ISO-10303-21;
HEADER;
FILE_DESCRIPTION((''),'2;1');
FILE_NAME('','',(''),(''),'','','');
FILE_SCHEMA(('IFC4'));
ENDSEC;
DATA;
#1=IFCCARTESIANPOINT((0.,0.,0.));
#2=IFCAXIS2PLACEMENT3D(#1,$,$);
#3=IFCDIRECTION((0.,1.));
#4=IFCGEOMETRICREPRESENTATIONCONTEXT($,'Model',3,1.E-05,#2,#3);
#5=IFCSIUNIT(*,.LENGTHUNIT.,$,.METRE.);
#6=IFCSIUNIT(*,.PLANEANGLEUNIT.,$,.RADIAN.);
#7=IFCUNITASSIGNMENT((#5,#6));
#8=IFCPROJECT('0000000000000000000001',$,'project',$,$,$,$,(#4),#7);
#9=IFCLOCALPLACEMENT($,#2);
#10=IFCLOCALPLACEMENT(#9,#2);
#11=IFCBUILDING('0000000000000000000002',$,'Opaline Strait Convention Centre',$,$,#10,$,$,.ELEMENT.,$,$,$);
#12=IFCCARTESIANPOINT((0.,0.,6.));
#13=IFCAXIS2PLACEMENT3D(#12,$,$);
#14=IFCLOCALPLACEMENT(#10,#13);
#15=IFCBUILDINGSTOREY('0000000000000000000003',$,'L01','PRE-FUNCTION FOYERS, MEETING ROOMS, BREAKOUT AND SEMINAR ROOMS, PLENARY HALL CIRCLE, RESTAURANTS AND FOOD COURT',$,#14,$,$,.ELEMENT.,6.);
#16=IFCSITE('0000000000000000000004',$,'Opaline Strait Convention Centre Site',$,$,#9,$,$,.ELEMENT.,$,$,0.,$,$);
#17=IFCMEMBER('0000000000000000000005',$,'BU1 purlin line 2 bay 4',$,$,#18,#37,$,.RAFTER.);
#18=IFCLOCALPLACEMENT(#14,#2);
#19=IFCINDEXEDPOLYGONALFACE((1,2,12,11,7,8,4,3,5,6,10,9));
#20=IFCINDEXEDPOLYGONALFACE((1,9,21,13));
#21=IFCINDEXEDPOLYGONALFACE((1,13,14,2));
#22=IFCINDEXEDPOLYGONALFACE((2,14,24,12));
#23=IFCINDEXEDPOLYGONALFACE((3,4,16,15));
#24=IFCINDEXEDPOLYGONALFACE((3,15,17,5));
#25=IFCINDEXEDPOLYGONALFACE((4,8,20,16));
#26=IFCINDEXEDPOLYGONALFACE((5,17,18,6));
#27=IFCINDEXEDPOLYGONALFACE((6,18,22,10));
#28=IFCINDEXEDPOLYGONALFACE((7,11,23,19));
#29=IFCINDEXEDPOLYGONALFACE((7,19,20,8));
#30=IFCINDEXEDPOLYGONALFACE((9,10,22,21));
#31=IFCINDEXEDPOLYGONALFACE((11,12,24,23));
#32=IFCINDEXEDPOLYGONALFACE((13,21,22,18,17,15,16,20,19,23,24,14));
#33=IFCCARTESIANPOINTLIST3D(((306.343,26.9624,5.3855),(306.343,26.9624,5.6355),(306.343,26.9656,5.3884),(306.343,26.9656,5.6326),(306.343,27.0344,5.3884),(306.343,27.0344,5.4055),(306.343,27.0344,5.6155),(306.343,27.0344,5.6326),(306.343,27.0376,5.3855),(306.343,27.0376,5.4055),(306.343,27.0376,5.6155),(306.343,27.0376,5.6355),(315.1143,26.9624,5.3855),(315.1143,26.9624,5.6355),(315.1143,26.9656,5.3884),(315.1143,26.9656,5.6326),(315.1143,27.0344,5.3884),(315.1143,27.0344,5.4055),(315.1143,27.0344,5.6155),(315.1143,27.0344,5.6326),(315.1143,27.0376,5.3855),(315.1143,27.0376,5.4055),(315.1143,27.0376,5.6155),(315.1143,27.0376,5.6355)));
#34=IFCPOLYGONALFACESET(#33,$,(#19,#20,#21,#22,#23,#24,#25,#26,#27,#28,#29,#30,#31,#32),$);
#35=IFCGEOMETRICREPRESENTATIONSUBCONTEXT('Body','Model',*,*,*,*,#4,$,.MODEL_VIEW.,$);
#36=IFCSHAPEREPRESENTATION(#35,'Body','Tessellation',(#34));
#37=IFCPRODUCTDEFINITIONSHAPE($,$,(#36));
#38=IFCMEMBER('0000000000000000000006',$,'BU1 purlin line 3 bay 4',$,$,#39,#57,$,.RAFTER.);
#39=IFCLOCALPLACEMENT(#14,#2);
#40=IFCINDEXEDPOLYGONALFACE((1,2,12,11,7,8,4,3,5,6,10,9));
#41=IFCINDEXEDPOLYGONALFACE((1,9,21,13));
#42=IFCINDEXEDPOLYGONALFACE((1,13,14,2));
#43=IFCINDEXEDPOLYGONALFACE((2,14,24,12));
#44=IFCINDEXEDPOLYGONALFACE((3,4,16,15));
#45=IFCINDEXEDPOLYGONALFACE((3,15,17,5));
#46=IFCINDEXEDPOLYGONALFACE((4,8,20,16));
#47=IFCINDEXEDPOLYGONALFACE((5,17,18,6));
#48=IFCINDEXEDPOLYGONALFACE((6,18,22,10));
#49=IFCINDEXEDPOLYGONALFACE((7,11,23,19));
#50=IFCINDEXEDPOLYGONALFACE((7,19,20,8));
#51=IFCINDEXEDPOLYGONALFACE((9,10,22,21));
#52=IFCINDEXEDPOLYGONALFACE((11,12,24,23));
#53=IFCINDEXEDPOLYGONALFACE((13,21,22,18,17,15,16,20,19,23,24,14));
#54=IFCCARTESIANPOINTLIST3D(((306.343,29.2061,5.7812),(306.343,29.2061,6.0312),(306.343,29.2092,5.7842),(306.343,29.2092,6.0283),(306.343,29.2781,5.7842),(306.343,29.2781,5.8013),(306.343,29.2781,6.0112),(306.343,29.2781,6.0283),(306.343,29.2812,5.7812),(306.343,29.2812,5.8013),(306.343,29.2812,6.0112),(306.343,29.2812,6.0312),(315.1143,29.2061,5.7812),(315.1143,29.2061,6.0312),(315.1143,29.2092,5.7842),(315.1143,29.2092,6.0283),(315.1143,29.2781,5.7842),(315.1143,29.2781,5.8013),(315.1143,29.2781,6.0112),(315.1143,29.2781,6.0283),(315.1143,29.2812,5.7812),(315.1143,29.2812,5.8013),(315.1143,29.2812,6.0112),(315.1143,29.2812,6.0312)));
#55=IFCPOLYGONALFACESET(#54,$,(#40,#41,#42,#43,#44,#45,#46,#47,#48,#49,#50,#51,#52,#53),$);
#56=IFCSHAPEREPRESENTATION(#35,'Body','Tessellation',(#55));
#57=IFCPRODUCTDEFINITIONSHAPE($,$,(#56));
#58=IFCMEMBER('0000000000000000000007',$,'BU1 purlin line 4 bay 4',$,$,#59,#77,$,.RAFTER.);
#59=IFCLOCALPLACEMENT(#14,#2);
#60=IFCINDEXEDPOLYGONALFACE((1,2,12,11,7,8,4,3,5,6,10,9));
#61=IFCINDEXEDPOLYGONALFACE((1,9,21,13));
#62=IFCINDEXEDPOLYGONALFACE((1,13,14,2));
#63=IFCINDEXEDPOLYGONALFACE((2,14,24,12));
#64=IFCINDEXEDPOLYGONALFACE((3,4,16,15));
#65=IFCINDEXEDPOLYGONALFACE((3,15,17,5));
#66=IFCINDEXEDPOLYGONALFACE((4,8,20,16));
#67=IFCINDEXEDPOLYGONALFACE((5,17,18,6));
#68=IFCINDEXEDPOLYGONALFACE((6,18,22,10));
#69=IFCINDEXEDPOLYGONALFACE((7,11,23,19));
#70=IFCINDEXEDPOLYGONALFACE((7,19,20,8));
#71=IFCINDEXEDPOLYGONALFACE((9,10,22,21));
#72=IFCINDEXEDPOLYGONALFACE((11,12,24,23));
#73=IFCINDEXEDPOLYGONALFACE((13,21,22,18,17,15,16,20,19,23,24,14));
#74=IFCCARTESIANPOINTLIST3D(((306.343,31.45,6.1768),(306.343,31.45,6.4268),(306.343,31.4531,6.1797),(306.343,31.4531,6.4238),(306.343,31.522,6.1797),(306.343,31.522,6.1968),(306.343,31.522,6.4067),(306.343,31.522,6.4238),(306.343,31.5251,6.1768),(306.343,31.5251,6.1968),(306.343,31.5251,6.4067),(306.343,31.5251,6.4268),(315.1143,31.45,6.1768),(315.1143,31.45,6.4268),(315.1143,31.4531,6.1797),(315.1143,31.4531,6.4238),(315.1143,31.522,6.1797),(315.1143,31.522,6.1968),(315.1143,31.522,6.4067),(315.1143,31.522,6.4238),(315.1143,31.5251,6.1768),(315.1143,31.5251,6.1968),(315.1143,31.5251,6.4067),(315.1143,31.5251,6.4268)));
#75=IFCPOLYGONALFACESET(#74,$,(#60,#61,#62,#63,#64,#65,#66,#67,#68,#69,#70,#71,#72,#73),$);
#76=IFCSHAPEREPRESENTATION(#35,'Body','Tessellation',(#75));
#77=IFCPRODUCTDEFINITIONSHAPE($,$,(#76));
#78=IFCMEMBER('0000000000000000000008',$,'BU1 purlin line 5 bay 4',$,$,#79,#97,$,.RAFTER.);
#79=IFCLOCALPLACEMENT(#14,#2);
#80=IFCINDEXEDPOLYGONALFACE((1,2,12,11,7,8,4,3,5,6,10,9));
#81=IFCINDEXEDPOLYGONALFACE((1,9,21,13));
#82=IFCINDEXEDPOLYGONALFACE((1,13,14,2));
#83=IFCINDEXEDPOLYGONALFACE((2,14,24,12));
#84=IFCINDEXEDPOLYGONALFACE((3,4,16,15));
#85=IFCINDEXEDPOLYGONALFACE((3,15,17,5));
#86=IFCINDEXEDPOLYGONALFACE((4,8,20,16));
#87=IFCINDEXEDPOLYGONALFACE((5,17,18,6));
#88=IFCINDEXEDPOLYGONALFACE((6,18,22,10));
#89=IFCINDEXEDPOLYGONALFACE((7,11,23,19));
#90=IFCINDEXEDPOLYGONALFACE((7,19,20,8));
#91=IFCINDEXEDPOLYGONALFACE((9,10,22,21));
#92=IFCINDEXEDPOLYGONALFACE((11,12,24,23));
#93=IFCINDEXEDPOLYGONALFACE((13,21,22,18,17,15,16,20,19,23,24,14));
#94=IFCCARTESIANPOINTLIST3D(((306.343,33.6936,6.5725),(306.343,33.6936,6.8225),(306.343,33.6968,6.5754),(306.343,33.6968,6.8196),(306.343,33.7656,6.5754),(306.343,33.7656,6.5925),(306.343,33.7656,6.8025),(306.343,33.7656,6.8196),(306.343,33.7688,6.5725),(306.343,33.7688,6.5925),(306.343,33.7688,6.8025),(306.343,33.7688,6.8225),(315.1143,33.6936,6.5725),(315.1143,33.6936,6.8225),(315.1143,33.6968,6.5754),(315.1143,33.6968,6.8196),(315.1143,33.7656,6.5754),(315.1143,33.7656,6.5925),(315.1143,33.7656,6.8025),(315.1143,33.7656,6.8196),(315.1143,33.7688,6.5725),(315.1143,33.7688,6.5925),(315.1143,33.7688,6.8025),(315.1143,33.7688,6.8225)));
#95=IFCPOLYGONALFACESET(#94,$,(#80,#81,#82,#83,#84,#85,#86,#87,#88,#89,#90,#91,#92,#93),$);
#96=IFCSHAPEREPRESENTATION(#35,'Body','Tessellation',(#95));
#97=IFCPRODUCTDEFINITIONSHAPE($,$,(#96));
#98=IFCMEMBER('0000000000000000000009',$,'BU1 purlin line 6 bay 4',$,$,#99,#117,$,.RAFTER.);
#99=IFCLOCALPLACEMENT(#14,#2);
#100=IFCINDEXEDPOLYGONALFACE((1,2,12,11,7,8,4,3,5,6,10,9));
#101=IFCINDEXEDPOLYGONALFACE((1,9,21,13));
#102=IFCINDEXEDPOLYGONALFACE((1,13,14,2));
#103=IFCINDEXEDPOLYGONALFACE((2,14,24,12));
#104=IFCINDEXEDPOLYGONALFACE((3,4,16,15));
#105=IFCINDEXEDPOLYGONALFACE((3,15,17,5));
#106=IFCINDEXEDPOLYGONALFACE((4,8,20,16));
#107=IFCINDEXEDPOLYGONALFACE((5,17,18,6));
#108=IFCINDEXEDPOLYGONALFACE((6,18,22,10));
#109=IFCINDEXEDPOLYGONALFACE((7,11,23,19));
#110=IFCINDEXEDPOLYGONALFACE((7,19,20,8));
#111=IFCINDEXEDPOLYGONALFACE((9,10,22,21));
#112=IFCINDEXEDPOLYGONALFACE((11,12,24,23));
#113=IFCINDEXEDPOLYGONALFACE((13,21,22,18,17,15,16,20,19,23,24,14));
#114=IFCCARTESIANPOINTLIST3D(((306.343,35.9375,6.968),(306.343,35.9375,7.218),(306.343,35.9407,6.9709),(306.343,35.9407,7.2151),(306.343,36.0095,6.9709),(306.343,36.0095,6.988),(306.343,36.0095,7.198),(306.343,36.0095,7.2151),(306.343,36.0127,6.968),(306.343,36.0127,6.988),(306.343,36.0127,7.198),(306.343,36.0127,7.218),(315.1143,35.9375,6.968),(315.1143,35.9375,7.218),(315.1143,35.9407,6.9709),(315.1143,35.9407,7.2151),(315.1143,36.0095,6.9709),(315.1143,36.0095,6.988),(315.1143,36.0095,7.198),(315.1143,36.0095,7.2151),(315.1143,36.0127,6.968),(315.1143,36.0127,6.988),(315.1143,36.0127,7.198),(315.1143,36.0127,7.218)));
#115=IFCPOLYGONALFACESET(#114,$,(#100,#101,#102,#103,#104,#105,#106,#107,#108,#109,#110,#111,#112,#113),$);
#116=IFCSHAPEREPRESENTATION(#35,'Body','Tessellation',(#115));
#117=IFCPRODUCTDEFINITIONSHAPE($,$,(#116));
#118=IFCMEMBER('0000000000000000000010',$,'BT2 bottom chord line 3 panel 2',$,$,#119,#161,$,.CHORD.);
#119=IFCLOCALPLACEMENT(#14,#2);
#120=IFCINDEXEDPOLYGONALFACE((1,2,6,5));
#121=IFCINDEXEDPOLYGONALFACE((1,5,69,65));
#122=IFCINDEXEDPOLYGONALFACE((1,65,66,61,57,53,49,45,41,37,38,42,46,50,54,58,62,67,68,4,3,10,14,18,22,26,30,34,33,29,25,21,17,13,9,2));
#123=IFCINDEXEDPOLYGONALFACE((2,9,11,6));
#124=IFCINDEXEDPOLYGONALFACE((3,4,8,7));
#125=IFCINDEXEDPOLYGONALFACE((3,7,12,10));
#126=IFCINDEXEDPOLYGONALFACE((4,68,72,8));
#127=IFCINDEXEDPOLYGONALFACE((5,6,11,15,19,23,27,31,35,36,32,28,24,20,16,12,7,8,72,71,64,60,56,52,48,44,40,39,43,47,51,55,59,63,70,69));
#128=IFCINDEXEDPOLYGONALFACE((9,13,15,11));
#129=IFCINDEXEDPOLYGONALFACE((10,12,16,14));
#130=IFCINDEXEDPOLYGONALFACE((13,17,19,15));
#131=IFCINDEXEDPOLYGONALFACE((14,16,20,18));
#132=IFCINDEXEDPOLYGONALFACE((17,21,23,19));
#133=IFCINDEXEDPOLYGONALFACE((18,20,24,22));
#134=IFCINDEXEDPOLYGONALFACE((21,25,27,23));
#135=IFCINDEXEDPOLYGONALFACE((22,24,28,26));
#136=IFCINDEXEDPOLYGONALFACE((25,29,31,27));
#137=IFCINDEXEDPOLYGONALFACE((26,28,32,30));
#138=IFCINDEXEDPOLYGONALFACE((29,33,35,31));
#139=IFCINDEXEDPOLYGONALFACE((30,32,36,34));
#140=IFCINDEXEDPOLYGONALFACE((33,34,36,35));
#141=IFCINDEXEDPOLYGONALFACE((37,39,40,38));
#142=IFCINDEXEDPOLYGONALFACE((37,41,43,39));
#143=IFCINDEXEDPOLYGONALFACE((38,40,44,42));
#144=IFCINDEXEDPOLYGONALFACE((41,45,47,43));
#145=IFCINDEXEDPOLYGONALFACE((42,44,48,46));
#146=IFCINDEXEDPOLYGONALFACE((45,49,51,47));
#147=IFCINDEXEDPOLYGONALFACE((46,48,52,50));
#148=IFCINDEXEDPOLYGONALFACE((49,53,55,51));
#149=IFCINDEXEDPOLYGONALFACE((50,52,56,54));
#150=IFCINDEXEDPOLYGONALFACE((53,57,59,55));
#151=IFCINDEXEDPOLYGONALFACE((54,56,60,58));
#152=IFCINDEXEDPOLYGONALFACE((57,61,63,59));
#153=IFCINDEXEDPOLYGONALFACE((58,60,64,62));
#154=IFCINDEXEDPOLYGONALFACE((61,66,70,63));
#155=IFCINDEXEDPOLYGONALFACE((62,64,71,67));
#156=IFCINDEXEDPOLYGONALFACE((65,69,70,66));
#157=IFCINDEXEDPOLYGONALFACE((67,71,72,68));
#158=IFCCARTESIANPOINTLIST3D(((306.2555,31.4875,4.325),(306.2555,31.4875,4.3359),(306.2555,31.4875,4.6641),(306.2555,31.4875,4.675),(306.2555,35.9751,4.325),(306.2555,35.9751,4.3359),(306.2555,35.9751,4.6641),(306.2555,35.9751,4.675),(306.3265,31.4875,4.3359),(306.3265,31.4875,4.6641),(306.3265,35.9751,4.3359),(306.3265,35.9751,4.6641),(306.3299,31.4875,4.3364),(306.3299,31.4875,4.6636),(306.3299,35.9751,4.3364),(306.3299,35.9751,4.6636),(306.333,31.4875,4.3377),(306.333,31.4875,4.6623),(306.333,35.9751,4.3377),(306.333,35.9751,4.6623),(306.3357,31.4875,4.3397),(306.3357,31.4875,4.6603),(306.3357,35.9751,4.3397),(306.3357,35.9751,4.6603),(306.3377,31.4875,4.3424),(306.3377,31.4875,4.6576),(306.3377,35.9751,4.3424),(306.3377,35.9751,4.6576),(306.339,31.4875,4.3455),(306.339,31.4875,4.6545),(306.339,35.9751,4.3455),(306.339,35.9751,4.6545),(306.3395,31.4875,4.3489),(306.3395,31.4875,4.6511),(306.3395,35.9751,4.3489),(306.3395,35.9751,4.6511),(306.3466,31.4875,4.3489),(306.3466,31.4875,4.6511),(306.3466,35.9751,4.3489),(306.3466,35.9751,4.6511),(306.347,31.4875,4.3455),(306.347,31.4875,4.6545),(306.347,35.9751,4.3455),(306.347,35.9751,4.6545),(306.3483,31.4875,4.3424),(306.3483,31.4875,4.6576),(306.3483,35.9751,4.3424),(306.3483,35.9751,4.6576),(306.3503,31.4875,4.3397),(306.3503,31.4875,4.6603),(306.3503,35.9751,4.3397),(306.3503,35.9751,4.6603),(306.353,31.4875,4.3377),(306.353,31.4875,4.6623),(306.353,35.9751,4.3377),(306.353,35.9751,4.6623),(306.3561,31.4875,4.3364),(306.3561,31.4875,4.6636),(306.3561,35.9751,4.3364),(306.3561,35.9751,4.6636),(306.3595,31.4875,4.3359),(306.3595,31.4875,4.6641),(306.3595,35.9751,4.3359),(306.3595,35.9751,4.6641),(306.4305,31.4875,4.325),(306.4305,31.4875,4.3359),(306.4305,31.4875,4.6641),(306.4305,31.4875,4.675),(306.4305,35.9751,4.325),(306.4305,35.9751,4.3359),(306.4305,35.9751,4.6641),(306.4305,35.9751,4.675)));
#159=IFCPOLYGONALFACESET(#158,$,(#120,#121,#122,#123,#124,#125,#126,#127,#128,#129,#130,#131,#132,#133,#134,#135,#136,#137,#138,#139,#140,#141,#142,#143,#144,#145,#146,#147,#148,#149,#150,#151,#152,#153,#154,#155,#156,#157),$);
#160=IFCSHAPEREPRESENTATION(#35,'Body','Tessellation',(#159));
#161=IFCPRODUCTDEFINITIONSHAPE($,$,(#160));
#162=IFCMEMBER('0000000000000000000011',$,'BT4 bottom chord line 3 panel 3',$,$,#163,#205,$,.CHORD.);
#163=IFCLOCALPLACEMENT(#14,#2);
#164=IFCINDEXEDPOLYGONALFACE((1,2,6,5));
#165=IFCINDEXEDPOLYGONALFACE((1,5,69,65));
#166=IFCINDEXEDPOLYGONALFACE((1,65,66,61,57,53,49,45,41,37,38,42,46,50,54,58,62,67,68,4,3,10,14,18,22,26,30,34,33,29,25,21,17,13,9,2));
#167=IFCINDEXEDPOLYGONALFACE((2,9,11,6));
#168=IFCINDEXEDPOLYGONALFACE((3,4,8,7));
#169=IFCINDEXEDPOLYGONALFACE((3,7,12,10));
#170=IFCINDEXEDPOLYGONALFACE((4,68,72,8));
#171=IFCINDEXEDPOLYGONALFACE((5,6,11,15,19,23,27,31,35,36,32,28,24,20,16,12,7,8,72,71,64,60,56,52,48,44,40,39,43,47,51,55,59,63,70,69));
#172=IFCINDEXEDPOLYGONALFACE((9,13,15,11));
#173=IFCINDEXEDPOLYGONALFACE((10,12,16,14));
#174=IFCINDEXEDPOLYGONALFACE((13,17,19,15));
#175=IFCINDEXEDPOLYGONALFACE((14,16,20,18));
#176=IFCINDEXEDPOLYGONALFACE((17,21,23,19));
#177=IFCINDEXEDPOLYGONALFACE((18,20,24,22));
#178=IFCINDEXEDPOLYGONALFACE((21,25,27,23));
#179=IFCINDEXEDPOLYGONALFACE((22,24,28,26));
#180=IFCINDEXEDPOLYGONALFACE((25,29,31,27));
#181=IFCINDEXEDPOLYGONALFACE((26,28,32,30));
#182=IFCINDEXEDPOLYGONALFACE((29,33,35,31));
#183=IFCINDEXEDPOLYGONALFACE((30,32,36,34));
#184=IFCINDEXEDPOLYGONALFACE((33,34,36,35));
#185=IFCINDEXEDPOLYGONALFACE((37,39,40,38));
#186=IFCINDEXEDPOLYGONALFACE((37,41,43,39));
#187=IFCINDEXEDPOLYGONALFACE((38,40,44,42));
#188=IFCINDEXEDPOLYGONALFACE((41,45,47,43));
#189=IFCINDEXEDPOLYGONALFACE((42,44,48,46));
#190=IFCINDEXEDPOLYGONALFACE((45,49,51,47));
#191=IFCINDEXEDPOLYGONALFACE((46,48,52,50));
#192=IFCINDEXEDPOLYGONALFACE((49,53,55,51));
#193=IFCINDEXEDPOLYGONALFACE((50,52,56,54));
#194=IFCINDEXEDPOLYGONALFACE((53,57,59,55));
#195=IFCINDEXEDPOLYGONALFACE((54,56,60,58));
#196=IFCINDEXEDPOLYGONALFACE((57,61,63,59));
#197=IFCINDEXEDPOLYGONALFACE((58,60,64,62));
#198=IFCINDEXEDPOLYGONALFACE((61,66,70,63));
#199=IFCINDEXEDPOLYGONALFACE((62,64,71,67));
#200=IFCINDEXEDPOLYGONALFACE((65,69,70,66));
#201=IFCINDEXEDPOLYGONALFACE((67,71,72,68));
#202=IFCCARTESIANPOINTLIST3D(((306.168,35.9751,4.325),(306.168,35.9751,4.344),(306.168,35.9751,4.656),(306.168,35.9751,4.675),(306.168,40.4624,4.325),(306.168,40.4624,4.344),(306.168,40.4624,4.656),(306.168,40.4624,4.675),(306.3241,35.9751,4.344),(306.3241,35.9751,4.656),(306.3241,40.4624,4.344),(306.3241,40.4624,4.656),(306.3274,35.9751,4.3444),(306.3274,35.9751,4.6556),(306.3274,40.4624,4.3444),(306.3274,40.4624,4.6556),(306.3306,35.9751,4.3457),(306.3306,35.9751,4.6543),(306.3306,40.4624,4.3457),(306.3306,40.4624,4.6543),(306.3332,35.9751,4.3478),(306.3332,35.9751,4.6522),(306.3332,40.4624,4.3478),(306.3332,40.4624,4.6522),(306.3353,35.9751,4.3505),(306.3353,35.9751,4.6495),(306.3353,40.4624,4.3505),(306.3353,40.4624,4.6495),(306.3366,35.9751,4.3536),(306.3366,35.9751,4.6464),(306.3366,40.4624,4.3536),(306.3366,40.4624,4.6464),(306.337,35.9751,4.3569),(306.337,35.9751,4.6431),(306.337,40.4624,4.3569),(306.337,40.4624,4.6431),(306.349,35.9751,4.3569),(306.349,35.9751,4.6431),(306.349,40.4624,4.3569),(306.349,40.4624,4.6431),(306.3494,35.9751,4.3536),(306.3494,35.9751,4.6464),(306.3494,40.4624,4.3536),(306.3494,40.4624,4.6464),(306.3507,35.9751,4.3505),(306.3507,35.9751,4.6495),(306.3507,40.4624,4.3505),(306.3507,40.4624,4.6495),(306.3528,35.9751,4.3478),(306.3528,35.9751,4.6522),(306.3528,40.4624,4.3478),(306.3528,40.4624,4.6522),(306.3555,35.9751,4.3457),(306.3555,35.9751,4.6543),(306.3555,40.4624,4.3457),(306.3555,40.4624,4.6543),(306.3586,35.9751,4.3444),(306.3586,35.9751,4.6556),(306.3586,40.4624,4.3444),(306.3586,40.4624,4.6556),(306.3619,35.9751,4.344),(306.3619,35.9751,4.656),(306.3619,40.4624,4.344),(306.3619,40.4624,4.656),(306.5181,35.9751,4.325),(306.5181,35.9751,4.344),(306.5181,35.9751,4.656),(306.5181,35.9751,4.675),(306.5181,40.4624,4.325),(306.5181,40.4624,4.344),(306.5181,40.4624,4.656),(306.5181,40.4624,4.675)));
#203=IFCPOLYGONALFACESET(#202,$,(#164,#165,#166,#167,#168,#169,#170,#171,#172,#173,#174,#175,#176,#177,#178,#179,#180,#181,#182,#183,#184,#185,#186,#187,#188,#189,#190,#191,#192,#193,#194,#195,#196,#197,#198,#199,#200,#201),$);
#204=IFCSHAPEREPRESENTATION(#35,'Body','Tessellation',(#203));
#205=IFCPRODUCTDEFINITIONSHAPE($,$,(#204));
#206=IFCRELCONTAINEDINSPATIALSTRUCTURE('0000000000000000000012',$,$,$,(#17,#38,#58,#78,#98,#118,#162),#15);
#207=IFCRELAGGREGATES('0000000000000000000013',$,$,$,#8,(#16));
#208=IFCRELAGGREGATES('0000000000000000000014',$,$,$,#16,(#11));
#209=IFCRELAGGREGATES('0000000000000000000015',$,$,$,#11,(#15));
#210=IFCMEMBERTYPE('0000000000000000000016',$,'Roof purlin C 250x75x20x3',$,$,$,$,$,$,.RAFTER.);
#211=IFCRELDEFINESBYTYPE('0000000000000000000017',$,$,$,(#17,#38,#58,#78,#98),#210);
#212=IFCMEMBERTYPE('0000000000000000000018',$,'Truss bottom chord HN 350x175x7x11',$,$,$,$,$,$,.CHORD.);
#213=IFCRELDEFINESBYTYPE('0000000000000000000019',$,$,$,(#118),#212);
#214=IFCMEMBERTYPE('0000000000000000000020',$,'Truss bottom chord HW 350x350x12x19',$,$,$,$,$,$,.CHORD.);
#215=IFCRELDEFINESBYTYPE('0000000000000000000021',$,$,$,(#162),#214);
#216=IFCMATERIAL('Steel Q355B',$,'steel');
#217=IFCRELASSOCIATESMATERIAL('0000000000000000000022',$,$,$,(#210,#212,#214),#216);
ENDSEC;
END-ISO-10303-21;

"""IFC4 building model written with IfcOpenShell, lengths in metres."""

from ifc_helpers import new_model, si_unit, direction, frame, origin, origin_2d, place, context, subcontext, project, spatial, polyline, i_section, outline, extrude, material, material_profile, profile_set, type_object, element, save


model = new_model("IFC4")

# Units and contexts
model_context = context("Model", 3, precision=1e-05, world=origin(), true_north=direction((0.0, 1.0)))
body_context = subcontext(model_context, "Body", "Model", "MODEL_VIEW")
ifc_project = project(units=[si_unit("LENGTHUNIT", "METRE"), si_unit("PLANEANGLEUNIT", "RADIAN")], contexts=[model_context])

# Site, building, storey
site_placement = place(None, origin())
site = spatial("IfcSite", under=ifc_project, at=site_placement, Name="Opaline Strait Convention Centre Site", CompositionType="ELEMENT", RefElevation=0.0)
building_placement = place(site_placement, origin())
building = spatial("IfcBuilding", under=site, at=building_placement, Name="Opaline Strait Convention Centre", CompositionType="ELEMENT")
storey_placement = place(building_placement, frame((0.0, 0.0, 6.0)))
storey = spatial("IfcBuildingStorey", under=building, at=storey_placement, Name="L01", Description="PRE-FUNCTION FOYERS, MEETING ROOMS, BREAKOUT AND SEMINAR ROOMS, PLENARY HALL CIRCLE, RESTAURANTS AND FOOD COURT", CompositionType="ELEMENT", Elevation=6.0)

# Members
ifc_material_1 = material(Name="Steel Q355B", Category="steel")
ifc_material_profile_1 = material_profile(ifc_material_1, outline(polyline([(-0.0376, -0.125), (0.0376, -0.125), (0.0376, -0.105), (0.0344, -0.105), (0.0344, -0.1221), (-0.0344, -0.1221), (-0.0344, 0.1221), (0.0344, 0.1221), (0.0344, 0.105), (0.0376, 0.105), (0.0376, 0.125), (-0.0376, 0.125), (-0.0376, -0.125)])), Name="C 250x75x20x3")
ifc_profile_set_1 = profile_set([ifc_material_profile_1], Name="Steel Q355B")
member_type_1 = type_object("IfcMemberType", Name="Roof purlin C 250x75x20x3", PredefinedType="RAFTER", material=ifc_profile_set_1)
for number, where, z_axis, x_axis, name in (
    (1, (306.343, 27.0, 5.5105), (1.0, 0.0, 0.0), (0.0, 1.0, 0.0), "BU1 purlin line 2 bay 4"),
    (2, (306.343, 29.2437, 5.9062), (1.0, 0.0, 0.0), (0.0, 1.0, 0.0), "BU1 purlin line 3 bay 4"),
    (3, (306.343, 31.4875, 6.3018), (1.0, 0.0, 0.0), (0.0, 1.0, 0.0), "BU1 purlin line 4 bay 4"),
    (4, (306.343, 33.7312, 6.6975), (1.0, 0.0, 0.0), (0.0, 1.0, 0.0), "BU1 purlin line 5 bay 4"),
    (5, (306.343, 35.9751, 7.093), (1.0, 0.0, 0.0), (0.0, 1.0, 0.0), "BU1 purlin line 6 bay 4"),
):
    element("IfcMember", number, at=place(storey_placement, frame(where, z_axis=z_axis, x_axis=x_axis)), inside=storey, type_object=member_type_1, Name=name, PredefinedType="RAFTER", context=body_context, shape_type="SweptSolid", body=[
        extrude(outline(polyline([(-0.0376, -0.125), (0.0376, -0.125), (0.0376, -0.105), (0.0344, -0.105), (0.0344, -0.1221), (-0.0344, -0.1221), (-0.0344, 0.1221), (0.0344, 0.1221), (0.0344, 0.105), (0.0376, 0.105), (0.0376, 0.125), (-0.0376, 0.125), (-0.0376, -0.125)])), origin(), (0.0, 0.0, 1.0), 8.7712),
    ])
ifc_material_profile_2 = material_profile(ifc_material_1, i_section(OverallWidth=0.175, OverallDepth=0.3501, WebThickness=0.0071, FlangeThickness=0.011, FilletRadius=0.0129, at=origin_2d()), Name="HN 350x175x7x11")
ifc_profile_set_2 = profile_set([ifc_material_profile_2], Name="Steel Q355B")
member_type_2 = type_object("IfcMemberType", Name="Truss bottom chord HN 350x175x7x11", PredefinedType="CHORD", material=ifc_profile_set_2)
member_1_placement = place(storey_placement, frame((306.343, 31.4875, 4.5), z_axis=(0.0, 1.0, 0.0), x_axis=(-1.0, 0.0, 0.0)))
element("IfcMember", 6, at=member_1_placement, inside=storey, type_object=member_type_2, Name="BT2 bottom chord line 3 panel 2", PredefinedType="CHORD", context=body_context, shape_type="SweptSolid", body=[
    extrude(i_section(OverallWidth=0.175, OverallDepth=0.3501, WebThickness=0.0071, FlangeThickness=0.011, FilletRadius=0.0129, at=origin_2d()), origin(), (0.0, 0.0, 1.0), 4.4875),
])
ifc_material_profile_3 = material_profile(ifc_material_1, i_section(OverallWidth=0.3501, OverallDepth=0.3501, WebThickness=0.012, FlangeThickness=0.019, FilletRadius=0.0129, at=origin_2d()), Name="HW 350x350x12x19")
ifc_profile_set_3 = profile_set([ifc_material_profile_3], Name="Steel Q355B")
member_type_3 = type_object("IfcMemberType", Name="Truss bottom chord HW 350x350x12x19", PredefinedType="CHORD", material=ifc_profile_set_3)
member_2_placement = place(storey_placement, frame((306.343, 35.9751, 4.5), z_axis=(0.0, 1.0, 0.0), x_axis=(-1.0, 0.0, 0.0)))
element("IfcMember", 7, at=member_2_placement, inside=storey, type_object=member_type_3, Name="BT4 bottom chord line 3 panel 3", PredefinedType="CHORD", context=body_context, shape_type="SweptSolid", body=[
    extrude(i_section(OverallWidth=0.3501, OverallDepth=0.3501, WebThickness=0.012, FlangeThickness=0.019, FilletRadius=0.0129, at=origin_2d()), origin(), (0.0, 0.0, 1.0), 4.4873),
])

save(model, "model.ifc")
